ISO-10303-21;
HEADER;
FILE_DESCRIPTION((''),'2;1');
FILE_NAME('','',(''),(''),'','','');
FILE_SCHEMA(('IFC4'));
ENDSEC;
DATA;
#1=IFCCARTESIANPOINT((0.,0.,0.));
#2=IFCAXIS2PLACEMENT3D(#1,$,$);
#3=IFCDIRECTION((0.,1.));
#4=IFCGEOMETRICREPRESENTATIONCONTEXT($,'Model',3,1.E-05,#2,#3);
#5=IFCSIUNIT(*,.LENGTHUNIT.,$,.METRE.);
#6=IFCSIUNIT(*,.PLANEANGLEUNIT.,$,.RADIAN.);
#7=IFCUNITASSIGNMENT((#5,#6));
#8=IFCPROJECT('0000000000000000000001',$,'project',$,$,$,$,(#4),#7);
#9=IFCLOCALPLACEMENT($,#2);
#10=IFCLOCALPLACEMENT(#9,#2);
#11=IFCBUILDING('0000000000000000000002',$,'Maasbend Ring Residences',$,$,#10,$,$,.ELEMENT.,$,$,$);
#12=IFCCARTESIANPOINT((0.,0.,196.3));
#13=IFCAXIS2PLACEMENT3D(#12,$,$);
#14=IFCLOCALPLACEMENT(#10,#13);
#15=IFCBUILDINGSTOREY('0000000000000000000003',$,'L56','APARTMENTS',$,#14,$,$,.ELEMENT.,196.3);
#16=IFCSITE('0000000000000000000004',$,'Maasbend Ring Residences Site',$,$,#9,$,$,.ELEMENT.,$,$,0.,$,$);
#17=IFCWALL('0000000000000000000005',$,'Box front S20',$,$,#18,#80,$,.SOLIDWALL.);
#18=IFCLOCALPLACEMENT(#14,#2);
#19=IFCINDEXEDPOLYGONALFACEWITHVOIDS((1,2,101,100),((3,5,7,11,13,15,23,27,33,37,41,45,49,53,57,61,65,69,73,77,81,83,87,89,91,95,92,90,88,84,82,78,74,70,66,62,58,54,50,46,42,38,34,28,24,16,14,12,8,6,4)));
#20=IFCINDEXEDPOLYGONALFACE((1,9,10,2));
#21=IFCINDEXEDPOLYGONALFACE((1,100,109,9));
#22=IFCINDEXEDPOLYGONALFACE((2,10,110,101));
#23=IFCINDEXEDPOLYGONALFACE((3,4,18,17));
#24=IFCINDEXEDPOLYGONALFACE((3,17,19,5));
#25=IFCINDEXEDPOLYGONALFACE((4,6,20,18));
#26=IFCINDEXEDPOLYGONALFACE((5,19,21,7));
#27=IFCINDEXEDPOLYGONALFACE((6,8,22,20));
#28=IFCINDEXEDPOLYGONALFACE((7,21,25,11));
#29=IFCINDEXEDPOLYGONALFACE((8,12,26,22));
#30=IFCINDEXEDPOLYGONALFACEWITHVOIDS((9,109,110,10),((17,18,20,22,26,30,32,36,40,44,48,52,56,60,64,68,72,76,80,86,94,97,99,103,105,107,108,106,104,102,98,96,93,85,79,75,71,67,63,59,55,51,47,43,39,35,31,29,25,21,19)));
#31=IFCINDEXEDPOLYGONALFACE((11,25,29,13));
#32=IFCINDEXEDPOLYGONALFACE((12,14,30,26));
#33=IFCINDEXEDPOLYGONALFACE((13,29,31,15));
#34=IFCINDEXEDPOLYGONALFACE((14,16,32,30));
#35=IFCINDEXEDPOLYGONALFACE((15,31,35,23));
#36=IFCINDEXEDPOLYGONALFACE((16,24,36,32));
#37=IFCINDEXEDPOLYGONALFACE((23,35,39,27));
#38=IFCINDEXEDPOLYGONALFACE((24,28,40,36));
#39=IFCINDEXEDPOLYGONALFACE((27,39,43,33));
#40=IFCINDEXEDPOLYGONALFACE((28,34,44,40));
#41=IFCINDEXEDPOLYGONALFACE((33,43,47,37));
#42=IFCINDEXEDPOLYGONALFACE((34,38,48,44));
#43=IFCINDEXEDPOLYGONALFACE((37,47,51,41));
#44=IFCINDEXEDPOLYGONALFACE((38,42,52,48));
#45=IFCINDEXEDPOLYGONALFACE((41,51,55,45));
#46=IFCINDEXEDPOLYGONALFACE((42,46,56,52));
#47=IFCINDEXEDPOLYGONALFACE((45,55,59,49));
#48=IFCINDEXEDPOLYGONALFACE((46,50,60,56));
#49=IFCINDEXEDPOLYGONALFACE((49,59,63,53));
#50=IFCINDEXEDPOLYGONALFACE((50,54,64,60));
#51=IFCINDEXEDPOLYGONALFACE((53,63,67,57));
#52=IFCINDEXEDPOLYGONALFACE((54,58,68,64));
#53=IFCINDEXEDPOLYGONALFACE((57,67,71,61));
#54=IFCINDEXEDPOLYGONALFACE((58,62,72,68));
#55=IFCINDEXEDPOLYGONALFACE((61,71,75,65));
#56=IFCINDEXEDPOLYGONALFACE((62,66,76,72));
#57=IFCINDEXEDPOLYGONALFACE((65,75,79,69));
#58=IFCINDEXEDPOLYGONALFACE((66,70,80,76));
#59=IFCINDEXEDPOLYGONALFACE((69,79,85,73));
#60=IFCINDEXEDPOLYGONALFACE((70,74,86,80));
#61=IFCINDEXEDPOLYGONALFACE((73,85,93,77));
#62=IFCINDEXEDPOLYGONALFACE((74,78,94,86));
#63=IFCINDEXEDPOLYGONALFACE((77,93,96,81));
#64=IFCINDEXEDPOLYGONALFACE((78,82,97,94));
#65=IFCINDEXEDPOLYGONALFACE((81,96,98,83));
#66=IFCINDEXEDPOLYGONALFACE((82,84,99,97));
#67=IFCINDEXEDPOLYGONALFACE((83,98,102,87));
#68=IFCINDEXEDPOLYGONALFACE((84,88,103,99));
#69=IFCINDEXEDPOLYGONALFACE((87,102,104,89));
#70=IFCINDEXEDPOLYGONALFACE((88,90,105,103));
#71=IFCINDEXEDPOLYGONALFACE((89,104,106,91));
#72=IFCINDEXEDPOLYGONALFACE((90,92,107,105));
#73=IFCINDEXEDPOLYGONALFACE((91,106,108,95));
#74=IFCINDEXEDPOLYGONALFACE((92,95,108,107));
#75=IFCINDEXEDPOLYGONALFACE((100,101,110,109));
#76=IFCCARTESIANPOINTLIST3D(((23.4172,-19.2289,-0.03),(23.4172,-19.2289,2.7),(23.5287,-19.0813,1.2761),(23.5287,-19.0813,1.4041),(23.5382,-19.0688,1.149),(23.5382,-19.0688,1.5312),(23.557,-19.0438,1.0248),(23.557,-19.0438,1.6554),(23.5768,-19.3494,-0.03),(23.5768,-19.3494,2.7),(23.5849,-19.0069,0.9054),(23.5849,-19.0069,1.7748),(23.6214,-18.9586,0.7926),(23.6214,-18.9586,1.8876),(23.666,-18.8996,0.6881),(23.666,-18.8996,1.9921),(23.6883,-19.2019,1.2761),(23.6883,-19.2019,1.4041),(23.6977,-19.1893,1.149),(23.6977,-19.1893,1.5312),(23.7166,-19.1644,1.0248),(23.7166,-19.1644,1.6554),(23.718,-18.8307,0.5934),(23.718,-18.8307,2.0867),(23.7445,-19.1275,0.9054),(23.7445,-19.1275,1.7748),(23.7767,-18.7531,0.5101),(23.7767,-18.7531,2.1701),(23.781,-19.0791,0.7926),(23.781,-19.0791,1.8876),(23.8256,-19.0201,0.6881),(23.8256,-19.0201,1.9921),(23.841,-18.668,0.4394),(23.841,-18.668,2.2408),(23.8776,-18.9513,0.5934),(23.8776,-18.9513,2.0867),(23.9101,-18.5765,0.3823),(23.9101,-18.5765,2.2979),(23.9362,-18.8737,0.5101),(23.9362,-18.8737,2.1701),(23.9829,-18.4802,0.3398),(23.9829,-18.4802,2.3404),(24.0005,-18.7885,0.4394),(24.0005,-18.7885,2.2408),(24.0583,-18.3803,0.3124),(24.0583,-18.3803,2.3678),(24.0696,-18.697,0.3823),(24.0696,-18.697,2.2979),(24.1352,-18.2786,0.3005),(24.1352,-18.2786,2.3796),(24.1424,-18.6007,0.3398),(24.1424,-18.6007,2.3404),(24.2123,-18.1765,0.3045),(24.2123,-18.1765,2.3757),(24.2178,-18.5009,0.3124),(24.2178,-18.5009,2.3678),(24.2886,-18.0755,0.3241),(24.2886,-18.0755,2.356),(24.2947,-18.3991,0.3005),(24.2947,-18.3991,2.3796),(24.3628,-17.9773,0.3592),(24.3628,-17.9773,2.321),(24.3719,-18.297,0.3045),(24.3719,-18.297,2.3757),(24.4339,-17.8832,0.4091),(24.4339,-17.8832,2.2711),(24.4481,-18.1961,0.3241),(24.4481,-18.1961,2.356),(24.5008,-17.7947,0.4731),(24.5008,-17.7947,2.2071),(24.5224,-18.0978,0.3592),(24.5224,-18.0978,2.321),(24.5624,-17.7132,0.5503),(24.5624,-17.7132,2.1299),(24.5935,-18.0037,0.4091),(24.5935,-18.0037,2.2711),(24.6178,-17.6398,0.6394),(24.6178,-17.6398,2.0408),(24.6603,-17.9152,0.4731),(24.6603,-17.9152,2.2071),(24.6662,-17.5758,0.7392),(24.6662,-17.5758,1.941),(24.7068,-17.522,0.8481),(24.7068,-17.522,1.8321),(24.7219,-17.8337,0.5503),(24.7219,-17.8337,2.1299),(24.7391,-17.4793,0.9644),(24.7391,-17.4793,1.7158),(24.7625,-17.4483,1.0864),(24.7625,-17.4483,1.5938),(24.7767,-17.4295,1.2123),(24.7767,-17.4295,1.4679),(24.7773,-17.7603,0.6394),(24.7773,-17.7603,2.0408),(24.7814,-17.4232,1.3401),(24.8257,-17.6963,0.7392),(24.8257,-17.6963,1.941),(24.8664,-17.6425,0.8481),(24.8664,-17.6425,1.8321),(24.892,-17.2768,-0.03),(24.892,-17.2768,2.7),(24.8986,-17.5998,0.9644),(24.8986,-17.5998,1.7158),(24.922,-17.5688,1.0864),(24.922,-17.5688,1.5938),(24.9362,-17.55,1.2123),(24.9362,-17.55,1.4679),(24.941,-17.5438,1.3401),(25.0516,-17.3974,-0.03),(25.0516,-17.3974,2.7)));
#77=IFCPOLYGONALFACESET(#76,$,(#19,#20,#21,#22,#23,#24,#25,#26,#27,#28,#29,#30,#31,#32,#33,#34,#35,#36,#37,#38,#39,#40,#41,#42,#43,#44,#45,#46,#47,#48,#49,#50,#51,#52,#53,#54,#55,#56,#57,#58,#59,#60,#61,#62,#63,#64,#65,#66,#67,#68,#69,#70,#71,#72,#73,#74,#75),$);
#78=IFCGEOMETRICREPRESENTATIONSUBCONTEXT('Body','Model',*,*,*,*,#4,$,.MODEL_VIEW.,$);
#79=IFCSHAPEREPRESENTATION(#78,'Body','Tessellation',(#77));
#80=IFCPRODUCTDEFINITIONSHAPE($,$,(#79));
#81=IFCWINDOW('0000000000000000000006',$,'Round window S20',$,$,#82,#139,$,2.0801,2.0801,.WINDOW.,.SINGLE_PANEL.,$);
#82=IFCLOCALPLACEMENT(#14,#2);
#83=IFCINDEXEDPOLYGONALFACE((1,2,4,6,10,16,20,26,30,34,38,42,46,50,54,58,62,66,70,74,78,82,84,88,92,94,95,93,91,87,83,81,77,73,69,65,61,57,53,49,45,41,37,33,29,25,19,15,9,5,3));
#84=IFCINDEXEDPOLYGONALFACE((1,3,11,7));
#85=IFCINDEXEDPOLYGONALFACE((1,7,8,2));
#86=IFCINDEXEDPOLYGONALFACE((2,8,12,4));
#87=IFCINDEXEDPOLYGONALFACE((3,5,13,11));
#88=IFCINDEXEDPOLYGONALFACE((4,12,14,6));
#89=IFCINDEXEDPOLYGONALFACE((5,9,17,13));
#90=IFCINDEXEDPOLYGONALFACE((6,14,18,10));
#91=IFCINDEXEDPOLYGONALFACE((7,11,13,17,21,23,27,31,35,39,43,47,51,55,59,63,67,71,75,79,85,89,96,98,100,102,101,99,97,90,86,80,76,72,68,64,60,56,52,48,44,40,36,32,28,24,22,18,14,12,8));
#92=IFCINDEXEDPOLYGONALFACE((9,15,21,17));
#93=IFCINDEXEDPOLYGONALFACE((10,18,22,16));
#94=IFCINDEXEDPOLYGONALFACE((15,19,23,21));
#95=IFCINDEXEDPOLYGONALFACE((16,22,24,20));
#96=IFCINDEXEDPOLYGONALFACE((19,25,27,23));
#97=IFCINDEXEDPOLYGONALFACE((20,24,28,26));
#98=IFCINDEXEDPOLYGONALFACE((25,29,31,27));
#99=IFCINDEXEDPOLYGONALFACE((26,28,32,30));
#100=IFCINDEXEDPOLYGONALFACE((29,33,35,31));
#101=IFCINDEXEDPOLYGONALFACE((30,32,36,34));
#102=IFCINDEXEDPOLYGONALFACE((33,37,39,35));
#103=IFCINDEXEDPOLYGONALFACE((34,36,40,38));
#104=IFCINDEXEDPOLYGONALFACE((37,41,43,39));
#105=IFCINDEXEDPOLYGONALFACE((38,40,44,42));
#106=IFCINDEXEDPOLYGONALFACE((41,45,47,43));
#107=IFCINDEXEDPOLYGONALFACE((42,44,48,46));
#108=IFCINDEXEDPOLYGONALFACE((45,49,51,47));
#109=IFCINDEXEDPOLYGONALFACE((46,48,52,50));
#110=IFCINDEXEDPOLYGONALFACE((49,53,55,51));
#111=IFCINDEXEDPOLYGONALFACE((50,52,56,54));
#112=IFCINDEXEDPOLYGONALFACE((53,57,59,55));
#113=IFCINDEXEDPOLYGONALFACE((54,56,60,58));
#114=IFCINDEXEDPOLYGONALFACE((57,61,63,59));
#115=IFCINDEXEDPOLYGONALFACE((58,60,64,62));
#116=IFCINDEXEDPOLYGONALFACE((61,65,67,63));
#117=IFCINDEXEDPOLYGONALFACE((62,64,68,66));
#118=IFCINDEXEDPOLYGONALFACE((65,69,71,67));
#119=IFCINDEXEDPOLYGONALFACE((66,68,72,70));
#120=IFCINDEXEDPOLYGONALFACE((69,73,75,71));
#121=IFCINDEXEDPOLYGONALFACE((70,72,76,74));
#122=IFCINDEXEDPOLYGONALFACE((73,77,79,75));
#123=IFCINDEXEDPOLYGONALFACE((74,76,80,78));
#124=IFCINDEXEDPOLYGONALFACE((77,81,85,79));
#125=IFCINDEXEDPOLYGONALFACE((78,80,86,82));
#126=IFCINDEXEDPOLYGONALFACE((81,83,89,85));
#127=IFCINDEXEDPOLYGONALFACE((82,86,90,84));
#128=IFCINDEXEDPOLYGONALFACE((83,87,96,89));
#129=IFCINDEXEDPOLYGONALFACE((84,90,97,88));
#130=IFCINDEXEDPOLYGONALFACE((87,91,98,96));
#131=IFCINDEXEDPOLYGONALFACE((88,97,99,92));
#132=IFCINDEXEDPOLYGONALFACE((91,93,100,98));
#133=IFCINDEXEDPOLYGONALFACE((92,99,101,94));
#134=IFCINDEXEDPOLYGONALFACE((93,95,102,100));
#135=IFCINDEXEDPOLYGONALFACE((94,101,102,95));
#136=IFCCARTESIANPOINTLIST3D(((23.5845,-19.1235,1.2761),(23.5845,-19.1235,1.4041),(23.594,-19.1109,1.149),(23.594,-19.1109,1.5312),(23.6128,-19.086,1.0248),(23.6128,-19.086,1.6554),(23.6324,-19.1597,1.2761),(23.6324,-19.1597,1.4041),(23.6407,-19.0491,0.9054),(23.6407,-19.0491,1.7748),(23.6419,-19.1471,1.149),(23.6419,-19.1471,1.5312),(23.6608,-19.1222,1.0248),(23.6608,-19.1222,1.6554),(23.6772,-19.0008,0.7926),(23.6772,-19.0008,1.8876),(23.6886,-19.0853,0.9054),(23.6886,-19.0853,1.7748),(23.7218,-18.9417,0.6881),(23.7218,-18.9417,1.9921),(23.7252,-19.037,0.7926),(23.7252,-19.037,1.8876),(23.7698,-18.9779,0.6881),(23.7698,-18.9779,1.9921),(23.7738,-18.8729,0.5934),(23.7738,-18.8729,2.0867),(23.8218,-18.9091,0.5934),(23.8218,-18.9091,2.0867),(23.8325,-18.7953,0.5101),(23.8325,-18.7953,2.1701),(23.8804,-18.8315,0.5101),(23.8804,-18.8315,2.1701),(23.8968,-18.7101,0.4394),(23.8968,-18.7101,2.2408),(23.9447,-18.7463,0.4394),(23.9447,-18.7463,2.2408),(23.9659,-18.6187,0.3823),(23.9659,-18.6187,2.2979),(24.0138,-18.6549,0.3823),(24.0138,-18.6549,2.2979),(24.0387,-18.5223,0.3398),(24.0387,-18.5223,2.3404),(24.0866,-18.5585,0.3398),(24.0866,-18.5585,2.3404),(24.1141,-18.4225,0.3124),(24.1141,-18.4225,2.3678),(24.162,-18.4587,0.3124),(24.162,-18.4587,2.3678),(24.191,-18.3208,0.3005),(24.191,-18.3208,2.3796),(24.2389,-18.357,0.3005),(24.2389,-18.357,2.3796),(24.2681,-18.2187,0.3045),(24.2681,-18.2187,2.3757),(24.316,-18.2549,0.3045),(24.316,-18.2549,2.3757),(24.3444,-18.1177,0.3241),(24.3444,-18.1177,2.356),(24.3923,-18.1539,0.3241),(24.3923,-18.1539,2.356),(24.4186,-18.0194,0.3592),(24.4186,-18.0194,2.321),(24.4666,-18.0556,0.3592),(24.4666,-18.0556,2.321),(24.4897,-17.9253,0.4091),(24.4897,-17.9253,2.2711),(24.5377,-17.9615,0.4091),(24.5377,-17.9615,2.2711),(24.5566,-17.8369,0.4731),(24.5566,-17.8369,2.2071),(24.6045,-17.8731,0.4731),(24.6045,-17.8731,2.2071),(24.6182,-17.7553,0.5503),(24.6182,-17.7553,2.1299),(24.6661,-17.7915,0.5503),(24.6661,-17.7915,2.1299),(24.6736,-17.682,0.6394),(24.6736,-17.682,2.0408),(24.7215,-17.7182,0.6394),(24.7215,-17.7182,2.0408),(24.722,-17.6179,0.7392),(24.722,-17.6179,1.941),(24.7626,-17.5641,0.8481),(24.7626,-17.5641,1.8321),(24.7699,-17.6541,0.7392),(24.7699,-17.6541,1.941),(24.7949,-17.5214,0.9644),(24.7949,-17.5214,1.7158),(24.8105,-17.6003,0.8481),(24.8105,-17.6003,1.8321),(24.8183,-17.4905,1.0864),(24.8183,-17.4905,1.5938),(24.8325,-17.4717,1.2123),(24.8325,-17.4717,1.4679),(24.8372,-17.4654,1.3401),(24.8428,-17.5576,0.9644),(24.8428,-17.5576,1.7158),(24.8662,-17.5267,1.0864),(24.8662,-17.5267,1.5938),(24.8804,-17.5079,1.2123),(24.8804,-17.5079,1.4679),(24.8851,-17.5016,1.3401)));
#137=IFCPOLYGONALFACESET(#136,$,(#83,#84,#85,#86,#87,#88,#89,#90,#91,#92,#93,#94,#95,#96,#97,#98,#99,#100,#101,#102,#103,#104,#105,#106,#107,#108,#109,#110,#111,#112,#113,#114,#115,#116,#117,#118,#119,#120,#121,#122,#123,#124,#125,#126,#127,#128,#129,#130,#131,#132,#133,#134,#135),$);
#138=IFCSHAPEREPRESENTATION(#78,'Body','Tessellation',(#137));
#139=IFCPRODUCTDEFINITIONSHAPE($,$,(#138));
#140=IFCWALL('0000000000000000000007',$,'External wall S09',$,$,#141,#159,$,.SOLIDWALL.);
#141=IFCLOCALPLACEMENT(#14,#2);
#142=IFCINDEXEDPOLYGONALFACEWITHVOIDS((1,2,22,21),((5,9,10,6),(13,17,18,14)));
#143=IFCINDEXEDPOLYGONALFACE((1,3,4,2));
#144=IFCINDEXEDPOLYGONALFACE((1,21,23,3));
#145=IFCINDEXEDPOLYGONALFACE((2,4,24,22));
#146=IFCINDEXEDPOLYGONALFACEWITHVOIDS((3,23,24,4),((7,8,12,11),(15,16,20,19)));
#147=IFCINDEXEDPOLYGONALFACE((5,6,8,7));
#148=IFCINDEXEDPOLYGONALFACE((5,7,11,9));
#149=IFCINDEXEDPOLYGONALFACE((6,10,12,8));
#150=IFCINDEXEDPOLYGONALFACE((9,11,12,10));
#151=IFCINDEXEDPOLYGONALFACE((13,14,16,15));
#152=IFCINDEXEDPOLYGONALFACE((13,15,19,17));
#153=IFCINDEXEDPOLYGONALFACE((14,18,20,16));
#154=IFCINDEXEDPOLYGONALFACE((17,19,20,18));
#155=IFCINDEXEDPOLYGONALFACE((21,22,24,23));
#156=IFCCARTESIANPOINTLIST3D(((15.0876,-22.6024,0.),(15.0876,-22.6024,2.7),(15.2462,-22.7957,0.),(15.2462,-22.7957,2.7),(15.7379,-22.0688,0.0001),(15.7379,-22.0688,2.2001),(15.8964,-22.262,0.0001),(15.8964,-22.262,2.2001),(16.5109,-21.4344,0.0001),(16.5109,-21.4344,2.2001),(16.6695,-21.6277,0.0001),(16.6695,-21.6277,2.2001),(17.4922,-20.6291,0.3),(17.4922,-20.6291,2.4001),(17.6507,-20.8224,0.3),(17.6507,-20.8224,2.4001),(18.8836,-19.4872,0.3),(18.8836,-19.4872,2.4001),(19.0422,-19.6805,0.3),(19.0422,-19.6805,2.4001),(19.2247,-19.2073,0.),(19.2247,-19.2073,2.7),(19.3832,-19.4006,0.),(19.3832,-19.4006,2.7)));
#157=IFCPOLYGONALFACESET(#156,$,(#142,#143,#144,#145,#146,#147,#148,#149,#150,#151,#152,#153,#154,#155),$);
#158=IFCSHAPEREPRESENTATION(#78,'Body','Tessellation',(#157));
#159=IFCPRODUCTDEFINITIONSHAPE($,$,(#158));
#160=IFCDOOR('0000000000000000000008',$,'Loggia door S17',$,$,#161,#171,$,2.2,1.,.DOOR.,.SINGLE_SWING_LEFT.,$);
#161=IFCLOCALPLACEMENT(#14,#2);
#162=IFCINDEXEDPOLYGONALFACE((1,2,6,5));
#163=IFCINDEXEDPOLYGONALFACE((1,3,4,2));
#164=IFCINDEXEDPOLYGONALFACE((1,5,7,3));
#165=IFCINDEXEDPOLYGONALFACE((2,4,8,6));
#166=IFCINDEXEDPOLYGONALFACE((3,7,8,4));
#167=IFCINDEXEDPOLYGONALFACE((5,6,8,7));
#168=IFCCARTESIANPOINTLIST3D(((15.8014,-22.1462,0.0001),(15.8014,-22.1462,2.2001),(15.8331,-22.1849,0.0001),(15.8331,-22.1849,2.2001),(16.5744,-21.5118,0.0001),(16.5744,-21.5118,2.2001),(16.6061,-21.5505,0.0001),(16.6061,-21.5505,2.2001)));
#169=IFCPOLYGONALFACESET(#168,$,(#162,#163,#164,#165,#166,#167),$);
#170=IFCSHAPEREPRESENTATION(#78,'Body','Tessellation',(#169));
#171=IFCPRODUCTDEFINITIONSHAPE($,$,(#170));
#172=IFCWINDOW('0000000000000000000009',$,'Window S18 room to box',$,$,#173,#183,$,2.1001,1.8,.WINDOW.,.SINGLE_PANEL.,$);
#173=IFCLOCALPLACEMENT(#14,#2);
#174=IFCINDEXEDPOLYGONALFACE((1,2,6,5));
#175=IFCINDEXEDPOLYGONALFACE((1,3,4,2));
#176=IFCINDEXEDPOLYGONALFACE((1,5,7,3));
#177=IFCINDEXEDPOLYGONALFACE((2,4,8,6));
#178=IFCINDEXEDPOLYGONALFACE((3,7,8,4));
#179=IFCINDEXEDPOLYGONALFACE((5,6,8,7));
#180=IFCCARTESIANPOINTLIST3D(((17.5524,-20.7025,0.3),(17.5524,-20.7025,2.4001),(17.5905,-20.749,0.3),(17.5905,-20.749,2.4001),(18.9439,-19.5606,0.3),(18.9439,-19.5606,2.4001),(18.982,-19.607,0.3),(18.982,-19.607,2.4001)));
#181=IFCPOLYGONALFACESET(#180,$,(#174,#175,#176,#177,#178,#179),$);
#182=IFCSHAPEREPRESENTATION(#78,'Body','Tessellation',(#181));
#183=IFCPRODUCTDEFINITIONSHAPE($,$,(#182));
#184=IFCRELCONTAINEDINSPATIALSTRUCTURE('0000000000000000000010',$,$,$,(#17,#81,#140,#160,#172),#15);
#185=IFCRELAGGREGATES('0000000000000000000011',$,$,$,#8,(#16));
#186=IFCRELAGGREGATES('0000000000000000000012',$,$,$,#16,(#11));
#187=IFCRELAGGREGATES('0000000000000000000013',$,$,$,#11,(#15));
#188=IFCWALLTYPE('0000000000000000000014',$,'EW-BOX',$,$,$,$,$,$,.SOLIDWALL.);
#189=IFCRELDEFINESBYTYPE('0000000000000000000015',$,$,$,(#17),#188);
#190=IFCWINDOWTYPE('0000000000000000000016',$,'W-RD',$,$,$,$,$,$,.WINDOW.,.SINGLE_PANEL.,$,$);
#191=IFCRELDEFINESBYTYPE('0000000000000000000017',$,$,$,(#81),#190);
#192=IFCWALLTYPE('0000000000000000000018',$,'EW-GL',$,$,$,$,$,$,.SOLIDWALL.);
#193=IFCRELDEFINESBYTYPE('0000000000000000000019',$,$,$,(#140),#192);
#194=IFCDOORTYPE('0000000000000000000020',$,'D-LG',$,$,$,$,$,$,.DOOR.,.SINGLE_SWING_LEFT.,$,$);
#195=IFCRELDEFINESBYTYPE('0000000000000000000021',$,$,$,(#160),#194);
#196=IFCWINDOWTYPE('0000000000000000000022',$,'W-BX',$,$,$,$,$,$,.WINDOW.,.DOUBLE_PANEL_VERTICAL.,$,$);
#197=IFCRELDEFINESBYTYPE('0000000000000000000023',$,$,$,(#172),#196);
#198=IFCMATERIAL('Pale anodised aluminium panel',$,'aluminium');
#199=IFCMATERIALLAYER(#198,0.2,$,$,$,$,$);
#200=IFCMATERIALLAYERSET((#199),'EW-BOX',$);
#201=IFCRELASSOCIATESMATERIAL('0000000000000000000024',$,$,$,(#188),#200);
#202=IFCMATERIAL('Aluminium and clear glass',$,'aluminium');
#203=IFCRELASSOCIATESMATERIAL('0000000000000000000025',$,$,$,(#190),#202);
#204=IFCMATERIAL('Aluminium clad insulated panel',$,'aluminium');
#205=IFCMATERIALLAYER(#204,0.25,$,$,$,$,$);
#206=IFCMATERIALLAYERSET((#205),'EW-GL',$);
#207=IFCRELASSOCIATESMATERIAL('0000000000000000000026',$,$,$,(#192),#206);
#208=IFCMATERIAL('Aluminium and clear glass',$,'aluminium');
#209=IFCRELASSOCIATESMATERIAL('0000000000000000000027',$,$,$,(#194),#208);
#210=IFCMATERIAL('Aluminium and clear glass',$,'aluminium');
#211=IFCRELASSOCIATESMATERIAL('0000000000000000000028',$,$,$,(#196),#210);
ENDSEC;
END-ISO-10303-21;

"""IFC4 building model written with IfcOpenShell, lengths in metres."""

from ifc_helpers import new_model, si_unit, direction, frame, frame_2d, origin, place, context, subcontext, project, spatial, rectangle, circle, extrude, material, layer, layer_set, type_object, element, fill, save


model = new_model("IFC4")

# Units and contexts
model_context = context("Model", 3, precision=1e-05, world=origin(), true_north=direction((0.0, 1.0)))
body_context = subcontext(model_context, "Body", "Model", "MODEL_VIEW")
ifc_project = project(units=[si_unit("LENGTHUNIT", "METRE"), si_unit("PLANEANGLEUNIT", "RADIAN")], contexts=[model_context])

# Site, building, storey
site_placement = place(None, origin())
site = spatial("IfcSite", under=ifc_project, at=site_placement, Name="Maasbend Ring Residences Site", CompositionType="ELEMENT", RefElevation=0.0)
building_placement = place(site_placement, origin())
building = spatial("IfcBuilding", under=site, at=building_placement, Name="Maasbend Ring Residences", CompositionType="ELEMENT")
storey_placement = place(building_placement, frame((0.0, 0.0, 196.3)))
storey = spatial("IfcBuildingStorey", under=building, at=storey_placement, Name="L56", Description="APARTMENTS", CompositionType="ELEMENT", Elevation=196.3)

# Shared definitions
ifc_material_1 = material(Name="Pale anodised aluminium panel", Category="aluminium")
ifc_layer_1 = layer(ifc_material_1, 0.2)
ifc_layer_set_1 = layer_set([ifc_layer_1], Name="EW-BOX")
wall_type_1 = type_object("IfcWallType", Name="EW-BOX", PredefinedType="SOLIDWALL", material=ifc_layer_set_1)
ifc_material_2 = material(Name="Aluminium and clear glass", Category="aluminium")
window_type_1 = type_object("IfcWindowType", Name="W-RD", PartitioningType="SINGLE_PANEL", PredefinedType="WINDOW", material=ifc_material_2)

# Wall, opening, window
wall_1_placement = place(storey_placement, frame((23.4971, -19.2891, -0.03), z_axis=(0.0, 0.0, 1.0), x_axis=(0.602806, 0.797888, 0.0)))
wall_1 = element("IfcWall", 1, at=wall_1_placement, inside=storey, type_object=wall_type_1, Name="Box front S20", PredefinedType="SOLIDWALL", context=body_context, shape_type="SweptSolid", body=[
    extrude(rectangle(XDim=2.4465, YDim=0.2, at=frame_2d((1.2231, 0.0))), origin(), (0.0, 0.0, 1.0), 2.73),
])
opening_1_placement = place(wall_1_placement, frame((0.1829, 0.0, 0.3301)))
opening_1 = element("IfcOpeningElement", 2, at=opening_1_placement, cuts=wall_1, PredefinedType="OPENING", context=body_context, shape_type="SweptSolid", body=[
    extrude(circle(Radius=1.04, at=frame_2d((1.04, 1.04))), frame((0.0, 0.1099, 0.0), z_axis=(0.0, -1.0, 0.0), x_axis=(1.0, 0.0, 0.0)), (0.0, 0.0, 1.0), 0.22),
])
window_1_placement = place(opening_1_placement, origin())
window_1 = element("IfcWindow", 3, at=window_1_placement, inside=storey, type_object=window_type_1, Name="Round window S20", OverallHeight=2.0801, OverallWidth=2.0801, PartitioningType="SINGLE_PANEL", PredefinedType="WINDOW", context=body_context, shape_type="SweptSolid", body=[
    extrude(circle(Radius=1.04, at=frame_2d((1.04, 1.04))), frame((0.0, 0.03, 0.0), z_axis=(0.0, -1.0, 0.0), x_axis=(1.0, 0.0, 0.0)), (0.0, 0.0, 1.0), 0.0601),
])
fill(opening_1, window_1)

# Wall, openings, door, window
ifc_material_3 = material(Name="Aluminium clad insulated panel", Category="aluminium")
ifc_layer_2 = layer(ifc_material_3, 0.25)
ifc_layer_set_2 = layer_set([ifc_layer_2], Name="EW-GL")
wall_type_2 = type_object("IfcWallType", Name="EW-GL", PredefinedType="SOLIDWALL", material=ifc_layer_set_2)
wall_2_placement = place(storey_placement, frame((15.167, -22.699, 0.0), z_axis=(0.0, 0.0, 1.0), x_axis=(0.773019, 0.634382, 0.0)))
wall_2 = element("IfcWall", 4, at=wall_2_placement, inside=storey, type_object=wall_type_2, Name="External wall S09", PredefinedType="SOLIDWALL", context=body_context, shape_type="SweptSolid", body=[
    extrude(rectangle(XDim=5.3518, YDim=0.25, at=frame_2d((2.6758, 0.0))), origin(), (0.0, 0.0, 1.0), 2.7),
])
opening_2_placement = place(wall_2_placement, frame((0.8411, 0.0, 0.0)))
opening_2 = element("IfcOpeningElement", 5, at=opening_2_placement, cuts=wall_2, PredefinedType="OPENING", context=body_context, shape_type="SweptSolid", body=[
    extrude(rectangle(XDim=1.0, YDim=2.2, at=frame_2d((0.5, 1.1001))), frame((0.0, 0.135, 0.0), z_axis=(0.0, -1.0, 0.0), x_axis=(1.0, 0.0, 0.0)), (0.0, 0.0, 1.0), 0.27),
])
opening_3_placement = place(wall_2_placement, frame((3.1106, 0.0, 0.3)))
opening_3 = element("IfcOpeningElement", 6, at=opening_3_placement, cuts=wall_2, PredefinedType="OPENING", context=body_context, shape_type="SweptSolid", body=[
    extrude(rectangle(XDim=1.8, YDim=2.1001, at=frame_2d((0.8999, 1.05))), frame((0.0, 0.135, 0.0), z_axis=(0.0, -1.0, 0.0), x_axis=(1.0, 0.0, 0.0)), (0.0, 0.0, 1.0), 0.27),
])
ifc_material_4 = material(Name="Aluminium and clear glass", Category="aluminium")
door_type_1 = type_object("IfcDoorType", Name="D-LG", OperationType="SINGLE_SWING_LEFT", PredefinedType="DOOR", material=ifc_material_4)
door_1_placement = place(opening_2_placement, origin())
door_1 = element("IfcDoor", 7, at=door_1_placement, inside=storey, type_object=door_type_1, Name="Loggia door S17", OperationType="SINGLE_SWING_LEFT", OverallHeight=2.2, OverallWidth=1.0, PredefinedType="DOOR", context=body_context, shape_type="SweptSolid", body=[
    extrude(rectangle(XDim=1.0, YDim=2.2, at=frame_2d((0.5, 1.1001))), frame((0.0, 0.0249, 0.0), z_axis=(0.0, -1.0, 0.0), x_axis=(1.0, 0.0, 0.0)), (0.0, 0.0, 1.0), 0.05),
])
fill(opening_2, door_1)
ifc_material_5 = material(Name="Aluminium and clear glass", Category="aluminium")
window_type_2 = type_object("IfcWindowType", Name="W-BX", PartitioningType="DOUBLE_PANEL_VERTICAL", PredefinedType="WINDOW", material=ifc_material_5)
window_2_placement = place(opening_3_placement, origin())
window_2 = element("IfcWindow", 8, at=window_2_placement, inside=storey, type_object=window_type_2, Name="Window S18 room to box", OverallHeight=2.1001, OverallWidth=1.8, PartitioningType="SINGLE_PANEL", PredefinedType="WINDOW", context=body_context, shape_type="SweptSolid", body=[
    extrude(rectangle(XDim=1.8, YDim=2.1001, at=frame_2d((0.8999, 1.05))), frame((0.0, 0.03, 0.0), z_axis=(0.0, -1.0, 0.0), x_axis=(1.0, 0.0, 0.0)), (0.0, 0.0, 1.0), 0.0601),
])
fill(opening_3, window_2)

save(model, "model.ifc")
